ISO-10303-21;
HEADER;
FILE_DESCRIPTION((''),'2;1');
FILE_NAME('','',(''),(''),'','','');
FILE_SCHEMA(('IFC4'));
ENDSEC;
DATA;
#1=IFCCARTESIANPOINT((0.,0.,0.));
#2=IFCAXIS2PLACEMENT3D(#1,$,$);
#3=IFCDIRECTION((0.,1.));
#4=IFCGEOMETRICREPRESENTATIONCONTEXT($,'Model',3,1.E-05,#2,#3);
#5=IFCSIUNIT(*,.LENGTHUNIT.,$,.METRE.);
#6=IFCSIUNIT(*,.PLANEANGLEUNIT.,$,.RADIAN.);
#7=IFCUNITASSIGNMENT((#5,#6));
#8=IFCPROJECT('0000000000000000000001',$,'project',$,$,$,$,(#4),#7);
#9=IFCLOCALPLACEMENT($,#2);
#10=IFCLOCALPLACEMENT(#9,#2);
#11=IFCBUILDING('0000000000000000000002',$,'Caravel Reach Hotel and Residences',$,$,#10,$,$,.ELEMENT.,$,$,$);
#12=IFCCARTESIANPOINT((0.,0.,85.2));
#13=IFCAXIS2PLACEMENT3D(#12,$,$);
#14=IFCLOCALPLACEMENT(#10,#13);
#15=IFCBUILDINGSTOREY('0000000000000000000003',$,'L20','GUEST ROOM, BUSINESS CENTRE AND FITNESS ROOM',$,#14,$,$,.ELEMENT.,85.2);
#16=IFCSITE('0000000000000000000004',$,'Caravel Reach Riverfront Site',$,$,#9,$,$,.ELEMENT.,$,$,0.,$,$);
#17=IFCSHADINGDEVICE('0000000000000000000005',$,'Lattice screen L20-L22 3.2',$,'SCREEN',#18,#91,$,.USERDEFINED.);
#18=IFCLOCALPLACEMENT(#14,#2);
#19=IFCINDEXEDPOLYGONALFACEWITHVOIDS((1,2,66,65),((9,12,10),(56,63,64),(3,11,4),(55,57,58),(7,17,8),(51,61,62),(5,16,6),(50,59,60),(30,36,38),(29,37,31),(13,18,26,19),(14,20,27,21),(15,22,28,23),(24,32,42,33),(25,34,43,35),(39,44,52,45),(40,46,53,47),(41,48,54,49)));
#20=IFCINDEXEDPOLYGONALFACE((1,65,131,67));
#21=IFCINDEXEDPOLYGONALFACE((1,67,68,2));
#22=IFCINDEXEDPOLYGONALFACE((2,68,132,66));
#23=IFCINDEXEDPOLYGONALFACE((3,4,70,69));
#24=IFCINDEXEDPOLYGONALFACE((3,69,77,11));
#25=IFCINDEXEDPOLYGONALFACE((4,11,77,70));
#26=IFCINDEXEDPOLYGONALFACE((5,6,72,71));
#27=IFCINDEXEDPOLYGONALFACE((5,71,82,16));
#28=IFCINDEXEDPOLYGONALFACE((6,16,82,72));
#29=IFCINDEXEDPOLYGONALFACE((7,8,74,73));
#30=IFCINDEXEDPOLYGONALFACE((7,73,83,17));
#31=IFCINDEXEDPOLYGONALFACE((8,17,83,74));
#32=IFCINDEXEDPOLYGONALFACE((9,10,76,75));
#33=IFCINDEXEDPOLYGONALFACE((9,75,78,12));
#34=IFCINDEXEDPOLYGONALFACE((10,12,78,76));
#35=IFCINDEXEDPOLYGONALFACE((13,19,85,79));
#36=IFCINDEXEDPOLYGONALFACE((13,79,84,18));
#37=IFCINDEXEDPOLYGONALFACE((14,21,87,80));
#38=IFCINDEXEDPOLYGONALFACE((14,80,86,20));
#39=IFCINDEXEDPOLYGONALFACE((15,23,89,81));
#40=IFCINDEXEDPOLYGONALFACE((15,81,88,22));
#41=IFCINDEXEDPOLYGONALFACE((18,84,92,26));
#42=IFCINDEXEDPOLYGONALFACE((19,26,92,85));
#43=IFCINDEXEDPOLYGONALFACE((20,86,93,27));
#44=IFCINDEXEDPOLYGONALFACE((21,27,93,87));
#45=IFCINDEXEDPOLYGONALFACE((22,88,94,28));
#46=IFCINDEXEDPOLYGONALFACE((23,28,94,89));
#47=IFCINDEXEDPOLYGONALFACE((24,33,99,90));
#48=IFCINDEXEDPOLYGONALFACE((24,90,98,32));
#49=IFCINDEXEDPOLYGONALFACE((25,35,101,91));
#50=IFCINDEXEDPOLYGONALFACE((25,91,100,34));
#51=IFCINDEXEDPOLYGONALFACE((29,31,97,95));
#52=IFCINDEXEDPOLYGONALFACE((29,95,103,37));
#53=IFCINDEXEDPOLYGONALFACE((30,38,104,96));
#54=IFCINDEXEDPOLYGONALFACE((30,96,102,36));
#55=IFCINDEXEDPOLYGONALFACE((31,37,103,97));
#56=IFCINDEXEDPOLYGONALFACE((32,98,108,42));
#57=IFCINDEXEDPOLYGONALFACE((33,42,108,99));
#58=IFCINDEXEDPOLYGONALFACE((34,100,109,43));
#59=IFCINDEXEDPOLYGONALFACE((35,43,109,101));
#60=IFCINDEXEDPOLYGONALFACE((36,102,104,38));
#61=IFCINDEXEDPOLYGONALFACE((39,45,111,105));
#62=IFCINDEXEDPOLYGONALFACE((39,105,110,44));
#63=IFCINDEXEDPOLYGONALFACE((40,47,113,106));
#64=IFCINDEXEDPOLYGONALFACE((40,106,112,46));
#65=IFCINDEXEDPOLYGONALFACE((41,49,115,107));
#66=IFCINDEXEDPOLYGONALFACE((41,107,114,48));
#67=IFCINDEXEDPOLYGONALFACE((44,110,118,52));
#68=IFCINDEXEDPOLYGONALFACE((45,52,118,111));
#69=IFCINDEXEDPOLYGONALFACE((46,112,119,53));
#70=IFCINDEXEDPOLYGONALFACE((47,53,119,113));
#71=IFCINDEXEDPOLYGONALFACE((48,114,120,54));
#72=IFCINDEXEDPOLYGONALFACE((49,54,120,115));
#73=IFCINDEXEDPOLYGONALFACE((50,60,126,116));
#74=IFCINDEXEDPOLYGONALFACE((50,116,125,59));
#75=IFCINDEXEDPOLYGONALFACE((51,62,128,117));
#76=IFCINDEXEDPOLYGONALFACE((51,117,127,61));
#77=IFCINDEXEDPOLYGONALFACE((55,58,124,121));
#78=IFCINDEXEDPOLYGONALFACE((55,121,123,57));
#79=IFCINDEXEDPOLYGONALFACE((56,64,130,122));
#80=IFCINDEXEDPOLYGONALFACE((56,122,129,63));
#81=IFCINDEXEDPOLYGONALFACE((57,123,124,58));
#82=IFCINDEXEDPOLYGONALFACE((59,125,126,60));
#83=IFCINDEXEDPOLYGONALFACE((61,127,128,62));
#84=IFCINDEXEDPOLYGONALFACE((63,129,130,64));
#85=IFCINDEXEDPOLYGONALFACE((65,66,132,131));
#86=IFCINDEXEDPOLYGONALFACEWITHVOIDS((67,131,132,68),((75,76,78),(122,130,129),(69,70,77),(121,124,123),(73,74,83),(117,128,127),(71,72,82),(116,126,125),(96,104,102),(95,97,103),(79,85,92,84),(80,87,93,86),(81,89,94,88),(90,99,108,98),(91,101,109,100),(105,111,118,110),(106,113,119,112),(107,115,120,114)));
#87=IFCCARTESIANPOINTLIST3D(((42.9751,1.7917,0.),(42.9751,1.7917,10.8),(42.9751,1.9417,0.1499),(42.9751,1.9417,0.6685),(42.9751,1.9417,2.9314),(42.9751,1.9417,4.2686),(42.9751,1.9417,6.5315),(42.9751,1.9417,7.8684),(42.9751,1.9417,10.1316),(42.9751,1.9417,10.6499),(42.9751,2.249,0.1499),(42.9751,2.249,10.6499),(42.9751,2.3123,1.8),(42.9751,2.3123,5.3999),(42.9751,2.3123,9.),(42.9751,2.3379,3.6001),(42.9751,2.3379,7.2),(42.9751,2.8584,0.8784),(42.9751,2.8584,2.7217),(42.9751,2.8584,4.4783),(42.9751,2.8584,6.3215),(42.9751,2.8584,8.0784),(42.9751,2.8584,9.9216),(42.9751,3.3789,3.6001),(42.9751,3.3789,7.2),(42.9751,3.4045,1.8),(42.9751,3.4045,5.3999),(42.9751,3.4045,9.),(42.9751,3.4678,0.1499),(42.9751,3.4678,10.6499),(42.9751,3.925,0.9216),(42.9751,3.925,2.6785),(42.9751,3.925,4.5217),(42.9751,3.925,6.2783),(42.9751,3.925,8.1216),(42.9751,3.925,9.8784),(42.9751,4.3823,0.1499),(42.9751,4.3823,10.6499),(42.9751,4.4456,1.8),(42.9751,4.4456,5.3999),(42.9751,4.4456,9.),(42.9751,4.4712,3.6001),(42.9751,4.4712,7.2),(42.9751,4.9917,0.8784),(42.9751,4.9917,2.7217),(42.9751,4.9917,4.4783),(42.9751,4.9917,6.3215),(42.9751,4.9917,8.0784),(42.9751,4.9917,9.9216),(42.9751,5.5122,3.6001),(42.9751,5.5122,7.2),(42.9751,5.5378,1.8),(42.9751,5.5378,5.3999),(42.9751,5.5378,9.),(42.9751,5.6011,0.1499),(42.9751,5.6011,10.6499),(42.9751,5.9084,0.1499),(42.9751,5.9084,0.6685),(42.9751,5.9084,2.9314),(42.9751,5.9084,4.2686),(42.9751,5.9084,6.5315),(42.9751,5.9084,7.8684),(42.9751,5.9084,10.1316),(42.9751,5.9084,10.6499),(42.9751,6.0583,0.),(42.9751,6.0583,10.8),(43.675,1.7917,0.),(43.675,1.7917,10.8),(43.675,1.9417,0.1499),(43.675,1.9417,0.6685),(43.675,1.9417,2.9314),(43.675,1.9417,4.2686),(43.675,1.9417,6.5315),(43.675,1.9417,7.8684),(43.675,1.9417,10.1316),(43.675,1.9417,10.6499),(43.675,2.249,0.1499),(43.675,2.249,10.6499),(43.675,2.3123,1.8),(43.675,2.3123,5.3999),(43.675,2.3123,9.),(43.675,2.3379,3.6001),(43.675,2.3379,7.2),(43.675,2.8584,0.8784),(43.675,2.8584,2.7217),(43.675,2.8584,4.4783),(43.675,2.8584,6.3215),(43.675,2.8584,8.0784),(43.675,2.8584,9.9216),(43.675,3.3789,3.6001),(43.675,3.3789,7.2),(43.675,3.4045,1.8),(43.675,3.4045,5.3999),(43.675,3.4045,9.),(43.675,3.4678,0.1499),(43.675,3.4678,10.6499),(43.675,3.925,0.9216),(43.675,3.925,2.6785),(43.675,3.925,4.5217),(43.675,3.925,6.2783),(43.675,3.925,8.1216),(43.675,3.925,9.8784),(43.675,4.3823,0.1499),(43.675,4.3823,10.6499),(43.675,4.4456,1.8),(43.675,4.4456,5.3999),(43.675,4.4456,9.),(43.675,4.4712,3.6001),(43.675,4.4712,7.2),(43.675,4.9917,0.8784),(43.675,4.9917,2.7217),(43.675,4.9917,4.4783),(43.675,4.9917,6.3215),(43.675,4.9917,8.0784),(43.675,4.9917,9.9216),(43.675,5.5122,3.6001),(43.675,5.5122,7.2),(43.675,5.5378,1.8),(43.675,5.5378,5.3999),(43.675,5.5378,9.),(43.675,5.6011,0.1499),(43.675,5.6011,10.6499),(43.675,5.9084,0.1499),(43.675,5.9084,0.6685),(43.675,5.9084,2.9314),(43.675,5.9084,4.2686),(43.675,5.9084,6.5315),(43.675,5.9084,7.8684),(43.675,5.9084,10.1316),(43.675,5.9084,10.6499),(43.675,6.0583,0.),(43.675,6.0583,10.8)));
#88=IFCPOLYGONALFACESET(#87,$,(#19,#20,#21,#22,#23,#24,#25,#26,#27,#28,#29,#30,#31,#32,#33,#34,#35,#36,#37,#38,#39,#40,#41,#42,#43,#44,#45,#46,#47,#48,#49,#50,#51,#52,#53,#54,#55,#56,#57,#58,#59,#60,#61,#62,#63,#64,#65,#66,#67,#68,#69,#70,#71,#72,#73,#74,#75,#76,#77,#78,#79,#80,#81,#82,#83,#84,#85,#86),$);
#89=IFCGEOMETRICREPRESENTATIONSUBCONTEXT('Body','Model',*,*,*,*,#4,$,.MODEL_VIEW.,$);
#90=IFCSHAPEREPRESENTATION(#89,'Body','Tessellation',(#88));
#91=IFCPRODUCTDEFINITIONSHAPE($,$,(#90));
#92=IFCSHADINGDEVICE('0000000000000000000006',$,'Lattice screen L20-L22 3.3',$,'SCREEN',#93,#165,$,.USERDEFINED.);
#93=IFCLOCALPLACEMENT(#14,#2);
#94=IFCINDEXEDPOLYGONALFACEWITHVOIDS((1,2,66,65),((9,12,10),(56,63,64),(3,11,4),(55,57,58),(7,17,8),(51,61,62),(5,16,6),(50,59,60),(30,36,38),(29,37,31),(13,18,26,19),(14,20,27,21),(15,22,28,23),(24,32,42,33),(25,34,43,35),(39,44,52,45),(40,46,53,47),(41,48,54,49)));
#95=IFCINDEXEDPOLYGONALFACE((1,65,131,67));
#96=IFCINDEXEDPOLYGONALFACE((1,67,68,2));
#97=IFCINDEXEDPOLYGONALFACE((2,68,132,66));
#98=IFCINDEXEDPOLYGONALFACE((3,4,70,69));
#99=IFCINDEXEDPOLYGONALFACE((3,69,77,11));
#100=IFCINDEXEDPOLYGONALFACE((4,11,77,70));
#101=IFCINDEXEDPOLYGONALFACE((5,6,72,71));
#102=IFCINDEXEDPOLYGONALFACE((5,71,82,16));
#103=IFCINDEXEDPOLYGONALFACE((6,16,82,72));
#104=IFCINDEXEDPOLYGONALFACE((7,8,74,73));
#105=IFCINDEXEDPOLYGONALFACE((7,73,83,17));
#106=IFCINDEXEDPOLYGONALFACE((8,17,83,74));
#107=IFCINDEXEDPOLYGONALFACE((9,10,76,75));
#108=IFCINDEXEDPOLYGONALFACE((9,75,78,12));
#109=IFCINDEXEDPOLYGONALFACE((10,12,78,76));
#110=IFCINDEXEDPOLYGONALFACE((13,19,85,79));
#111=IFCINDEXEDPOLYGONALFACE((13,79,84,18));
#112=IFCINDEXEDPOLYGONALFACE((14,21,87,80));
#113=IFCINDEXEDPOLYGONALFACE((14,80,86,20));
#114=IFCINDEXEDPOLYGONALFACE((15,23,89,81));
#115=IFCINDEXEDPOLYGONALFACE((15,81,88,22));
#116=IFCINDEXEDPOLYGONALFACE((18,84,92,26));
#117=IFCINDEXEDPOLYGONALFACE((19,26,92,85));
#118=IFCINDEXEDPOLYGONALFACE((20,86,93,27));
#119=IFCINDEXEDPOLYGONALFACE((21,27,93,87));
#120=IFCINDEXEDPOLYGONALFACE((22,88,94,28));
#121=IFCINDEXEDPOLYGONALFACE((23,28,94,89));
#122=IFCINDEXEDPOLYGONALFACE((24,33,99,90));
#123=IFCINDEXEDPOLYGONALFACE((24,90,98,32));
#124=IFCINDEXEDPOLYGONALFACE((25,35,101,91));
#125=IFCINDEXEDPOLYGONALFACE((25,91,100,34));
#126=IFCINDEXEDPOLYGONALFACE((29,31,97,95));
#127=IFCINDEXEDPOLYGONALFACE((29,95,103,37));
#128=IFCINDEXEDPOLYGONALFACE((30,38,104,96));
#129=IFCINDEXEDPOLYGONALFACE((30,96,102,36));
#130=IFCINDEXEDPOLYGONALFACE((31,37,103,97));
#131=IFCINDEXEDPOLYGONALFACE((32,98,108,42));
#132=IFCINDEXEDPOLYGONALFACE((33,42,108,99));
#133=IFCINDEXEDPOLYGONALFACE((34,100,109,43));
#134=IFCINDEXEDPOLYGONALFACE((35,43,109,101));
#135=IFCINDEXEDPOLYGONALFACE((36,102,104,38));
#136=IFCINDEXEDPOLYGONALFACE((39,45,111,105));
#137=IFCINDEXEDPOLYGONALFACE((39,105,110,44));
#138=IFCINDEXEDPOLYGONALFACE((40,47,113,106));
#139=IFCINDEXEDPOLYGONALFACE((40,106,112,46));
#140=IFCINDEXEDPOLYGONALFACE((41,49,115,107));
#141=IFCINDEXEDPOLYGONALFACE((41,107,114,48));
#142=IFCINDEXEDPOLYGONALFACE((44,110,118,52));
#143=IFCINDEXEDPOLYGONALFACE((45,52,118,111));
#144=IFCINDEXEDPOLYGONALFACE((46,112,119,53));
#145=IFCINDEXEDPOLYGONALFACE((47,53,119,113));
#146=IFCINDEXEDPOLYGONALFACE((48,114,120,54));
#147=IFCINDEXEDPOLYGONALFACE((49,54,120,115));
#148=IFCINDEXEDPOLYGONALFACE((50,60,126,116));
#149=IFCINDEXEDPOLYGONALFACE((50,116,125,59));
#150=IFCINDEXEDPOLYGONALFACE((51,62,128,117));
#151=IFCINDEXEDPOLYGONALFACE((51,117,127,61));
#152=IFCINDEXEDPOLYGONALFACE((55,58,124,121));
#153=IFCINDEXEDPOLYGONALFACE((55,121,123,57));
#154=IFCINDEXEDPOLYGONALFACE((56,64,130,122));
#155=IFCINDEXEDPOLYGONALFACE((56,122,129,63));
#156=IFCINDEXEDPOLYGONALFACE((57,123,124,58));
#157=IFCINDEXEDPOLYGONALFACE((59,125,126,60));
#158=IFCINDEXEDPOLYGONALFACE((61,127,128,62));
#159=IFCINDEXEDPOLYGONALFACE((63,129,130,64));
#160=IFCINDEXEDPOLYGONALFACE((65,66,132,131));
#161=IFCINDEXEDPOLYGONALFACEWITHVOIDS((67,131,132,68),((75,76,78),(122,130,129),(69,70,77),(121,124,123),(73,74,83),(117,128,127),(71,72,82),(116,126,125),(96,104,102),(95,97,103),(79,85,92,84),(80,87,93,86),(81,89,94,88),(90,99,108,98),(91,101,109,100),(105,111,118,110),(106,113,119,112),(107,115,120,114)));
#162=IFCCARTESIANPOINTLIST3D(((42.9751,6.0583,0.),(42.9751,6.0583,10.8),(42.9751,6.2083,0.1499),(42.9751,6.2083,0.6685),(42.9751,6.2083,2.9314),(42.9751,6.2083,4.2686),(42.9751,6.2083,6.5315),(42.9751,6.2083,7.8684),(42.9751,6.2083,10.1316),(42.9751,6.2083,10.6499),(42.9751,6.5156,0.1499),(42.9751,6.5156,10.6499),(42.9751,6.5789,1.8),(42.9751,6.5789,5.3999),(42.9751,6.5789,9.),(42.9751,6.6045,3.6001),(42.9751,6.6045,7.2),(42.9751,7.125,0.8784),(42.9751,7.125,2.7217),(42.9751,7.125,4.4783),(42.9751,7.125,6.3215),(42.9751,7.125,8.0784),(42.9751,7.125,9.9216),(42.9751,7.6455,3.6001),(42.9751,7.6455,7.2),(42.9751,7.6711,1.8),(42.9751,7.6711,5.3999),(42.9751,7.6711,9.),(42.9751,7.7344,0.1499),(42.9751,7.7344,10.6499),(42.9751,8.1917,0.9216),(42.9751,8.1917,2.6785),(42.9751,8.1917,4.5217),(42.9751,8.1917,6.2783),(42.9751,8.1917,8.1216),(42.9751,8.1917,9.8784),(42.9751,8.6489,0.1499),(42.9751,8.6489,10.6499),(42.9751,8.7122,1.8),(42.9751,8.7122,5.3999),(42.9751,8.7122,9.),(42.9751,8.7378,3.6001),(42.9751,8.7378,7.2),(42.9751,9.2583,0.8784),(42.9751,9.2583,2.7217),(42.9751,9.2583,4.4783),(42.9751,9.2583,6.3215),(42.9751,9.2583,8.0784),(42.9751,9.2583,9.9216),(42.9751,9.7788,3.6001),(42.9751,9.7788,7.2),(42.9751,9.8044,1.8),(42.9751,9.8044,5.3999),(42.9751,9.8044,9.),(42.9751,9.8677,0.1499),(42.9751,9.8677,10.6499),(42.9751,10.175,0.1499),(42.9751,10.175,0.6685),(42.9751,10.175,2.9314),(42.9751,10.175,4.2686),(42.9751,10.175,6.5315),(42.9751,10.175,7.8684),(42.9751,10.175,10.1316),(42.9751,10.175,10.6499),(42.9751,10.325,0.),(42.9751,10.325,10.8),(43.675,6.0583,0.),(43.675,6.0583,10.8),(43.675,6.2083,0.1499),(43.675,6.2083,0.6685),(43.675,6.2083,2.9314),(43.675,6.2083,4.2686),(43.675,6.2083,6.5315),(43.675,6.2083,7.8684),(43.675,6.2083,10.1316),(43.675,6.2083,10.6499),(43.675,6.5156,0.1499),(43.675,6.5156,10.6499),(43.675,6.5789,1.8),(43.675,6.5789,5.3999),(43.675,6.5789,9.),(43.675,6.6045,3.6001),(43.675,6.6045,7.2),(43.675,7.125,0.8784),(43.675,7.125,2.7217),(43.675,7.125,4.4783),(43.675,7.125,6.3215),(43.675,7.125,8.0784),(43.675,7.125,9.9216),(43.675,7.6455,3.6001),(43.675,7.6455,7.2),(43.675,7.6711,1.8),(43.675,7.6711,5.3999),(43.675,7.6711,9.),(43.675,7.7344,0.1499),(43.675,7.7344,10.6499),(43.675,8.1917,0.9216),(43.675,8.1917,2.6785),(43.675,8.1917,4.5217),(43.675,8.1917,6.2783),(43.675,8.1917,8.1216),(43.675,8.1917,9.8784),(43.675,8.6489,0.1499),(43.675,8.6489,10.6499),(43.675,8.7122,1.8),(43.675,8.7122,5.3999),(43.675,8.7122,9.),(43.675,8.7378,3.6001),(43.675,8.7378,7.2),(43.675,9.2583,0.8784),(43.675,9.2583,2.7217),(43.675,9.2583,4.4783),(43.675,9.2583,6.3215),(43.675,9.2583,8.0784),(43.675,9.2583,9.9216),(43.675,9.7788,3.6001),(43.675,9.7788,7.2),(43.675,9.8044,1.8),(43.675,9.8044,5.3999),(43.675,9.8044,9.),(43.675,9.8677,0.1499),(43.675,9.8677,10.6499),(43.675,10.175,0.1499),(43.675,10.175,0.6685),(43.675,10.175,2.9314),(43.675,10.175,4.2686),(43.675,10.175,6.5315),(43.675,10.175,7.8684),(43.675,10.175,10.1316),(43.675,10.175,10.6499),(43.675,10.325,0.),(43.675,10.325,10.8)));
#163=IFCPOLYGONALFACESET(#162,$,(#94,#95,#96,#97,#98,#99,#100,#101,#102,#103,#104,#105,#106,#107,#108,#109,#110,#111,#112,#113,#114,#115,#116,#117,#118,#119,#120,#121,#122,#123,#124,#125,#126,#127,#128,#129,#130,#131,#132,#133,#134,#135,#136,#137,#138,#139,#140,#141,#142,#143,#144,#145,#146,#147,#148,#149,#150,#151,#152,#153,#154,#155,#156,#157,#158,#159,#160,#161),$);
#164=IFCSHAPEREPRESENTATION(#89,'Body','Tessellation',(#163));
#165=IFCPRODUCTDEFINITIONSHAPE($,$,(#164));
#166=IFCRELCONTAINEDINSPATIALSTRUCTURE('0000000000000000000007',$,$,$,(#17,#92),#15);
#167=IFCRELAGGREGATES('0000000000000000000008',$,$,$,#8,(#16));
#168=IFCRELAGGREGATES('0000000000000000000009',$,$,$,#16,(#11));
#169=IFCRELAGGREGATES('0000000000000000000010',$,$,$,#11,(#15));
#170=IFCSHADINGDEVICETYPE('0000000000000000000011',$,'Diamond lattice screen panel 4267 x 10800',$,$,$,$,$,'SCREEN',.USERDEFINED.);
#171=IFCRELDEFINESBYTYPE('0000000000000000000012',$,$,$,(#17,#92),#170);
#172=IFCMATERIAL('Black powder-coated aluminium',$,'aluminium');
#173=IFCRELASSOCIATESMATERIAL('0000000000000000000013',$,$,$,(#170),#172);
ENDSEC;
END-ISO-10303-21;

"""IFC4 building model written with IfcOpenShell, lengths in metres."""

from ifc_helpers import new_model, si_unit, direction, frame, origin, place, context, subcontext, project, spatial, polyline, outline, extrude, material, type_object, element, save


model = new_model("IFC4")

# Units and contexts
model_context = context("Model", 3, precision=1e-05, world=origin(), true_north=direction((0.0, 1.0)))
body_context = subcontext(model_context, "Body", "Model", "MODEL_VIEW")
ifc_project = project(units=[si_unit("LENGTHUNIT", "METRE"), si_unit("PLANEANGLEUNIT", "RADIAN")], contexts=[model_context])

# Site, building, storey
site_placement = place(None, origin())
site = spatial("IfcSite", under=ifc_project, at=site_placement, Name="Caravel Reach Riverfront Site", CompositionType="ELEMENT", RefElevation=0.0)
building_placement = place(site_placement, origin())
building = spatial("IfcBuilding", under=site, at=building_placement, Name="Caravel Reach Hotel and Residences", CompositionType="ELEMENT")
storey_placement = place(building_placement, frame((0.0, 0.0, 85.2)))
storey = spatial("IfcBuildingStorey", under=building, at=storey_placement, Name="L20", Description="GUEST ROOM, BUSINESS CENTRE AND FITNESS ROOM", CompositionType="ELEMENT", Elevation=85.2)

# Shading devices
ifc_material_1 = material(Name="Black powder-coated aluminium", Category="aluminium")
shading_device_type = type_object("IfcShadingDeviceType", Name="Diamond lattice screen panel 4267 x 10800", ElementType="SCREEN", PredefinedType="USERDEFINED", material=ifc_material_1)
shading_device_1_placement = place(storey_placement, frame((42.9751, 1.7917, 0.0), z_axis=(1.0, 0.0, 0.0), x_axis=(0.0, 1.0, 0.0)))
element("IfcShadingDevice", 1, at=shading_device_1_placement, inside=storey, type_object=shading_device_type, Name="Lattice screen L20-L22 3.2", ObjectType="SCREEN", PredefinedType="USERDEFINED", context=body_context, shape_type="SweptSolid", body=[
    extrude(outline(polyline([(0.0, 0.0), (4.2666, 0.0), (4.2666, 10.8), (0.0, 10.8), (0.0, 0.0)]), holes=[polyline([(0.4573, 0.1499), (0.1499, 0.6685), (0.1499, 0.1499), (0.4573, 0.1499)]), polyline([(0.5461, 3.6001), (0.1499, 4.2686), (0.1499, 2.9314), (0.5461, 3.6001)]), polyline([(0.5461, 7.2), (0.1499, 7.8684), (0.1499, 6.5315), (0.5461, 7.2)]), polyline([(0.1499, 10.1316), (0.4573, 10.6499), (0.1499, 10.6499), (0.1499, 10.1316)]), polyline([(1.0667, 2.7217), (0.5205, 1.8), (1.0667, 0.8784), (1.6128, 1.8), (1.0667, 2.7217)]), polyline([(1.0667, 6.3215), (0.5205, 5.3999), (1.0667, 4.4783), (1.6128, 5.3999), (1.0667, 6.3215)]), polyline([(1.0667, 9.9216), (0.5205, 9.0), (1.0667, 8.0784), (1.6128, 9.0), (1.0667, 9.9216)]), polyline([(2.1333, 0.9216), (1.676, 0.1499), (2.5906, 0.1499), (2.1333, 0.9216)]), polyline([(2.1333, 4.5217), (1.5872, 3.6001), (2.1333, 2.6785), (2.6794, 3.6001), (2.1333, 4.5217)]), polyline([(2.1333, 8.1216), (1.5872, 7.2), (2.1333, 6.2783), (2.6794, 7.2), (2.1333, 8.1216)]), polyline([(2.1333, 9.8784), (2.5906, 10.6499), (1.676, 10.6499), (2.1333, 9.8784)]), polyline([(3.2, 2.7217), (2.6538, 1.8), (3.2, 0.8784), (3.7461, 1.8), (3.2, 2.7217)]), polyline([(3.2, 6.3215), (2.6538, 5.3999), (3.2, 4.4783), (3.7461, 5.3999), (3.2, 6.3215)]), polyline([(3.2, 9.9216), (2.6538, 9.0), (3.2, 8.0784), (3.7461, 9.0), (3.2, 9.9216)]), polyline([(4.1167, 0.6685), (3.8093, 0.1499), (4.1167, 0.1499), (4.1167, 0.6685)]), polyline([(3.7205, 3.6001), (4.1167, 2.9314), (4.1167, 4.2686), (3.7205, 3.6001)]), polyline([(3.7205, 7.2), (4.1167, 6.5315), (4.1167, 7.8684), (3.7205, 7.2)]), polyline([(3.8093, 10.6499), (4.1167, 10.1316), (4.1167, 10.6499), (3.8093, 10.6499)])]), origin(), (0.0, 0.0, 1.0), 0.7),
])
shading_device_2_placement = place(storey_placement, frame((42.9751, 6.0583, 0.0), z_axis=(1.0, 0.0, 0.0), x_axis=(0.0, 1.0, 0.0)))
element("IfcShadingDevice", 2, at=shading_device_2_placement, inside=storey, type_object=shading_device_type, Name="Lattice screen L20-L22 3.3", ObjectType="SCREEN", PredefinedType="USERDEFINED", context=body_context, shape_type="SweptSolid", body=[
    extrude(outline(polyline([(0.0, 0.0), (4.2666, 0.0), (4.2666, 10.8), (0.0, 10.8), (0.0, 0.0)]), holes=[polyline([(0.4573, 0.1499), (0.1499, 0.6685), (0.1499, 0.1499), (0.4573, 0.1499)]), polyline([(0.5461, 3.6001), (0.1499, 4.2686), (0.1499, 2.9314), (0.5461, 3.6001)]), polyline([(0.5461, 7.2), (0.1499, 7.8684), (0.1499, 6.5315), (0.5461, 7.2)]), polyline([(0.1499, 10.1316), (0.4573, 10.6499), (0.1499, 10.6499), (0.1499, 10.1316)]), polyline([(1.0667, 2.7217), (0.5205, 1.8), (1.0667, 0.8784), (1.6128, 1.8), (1.0667, 2.7217)]), polyline([(1.0667, 6.3215), (0.5205, 5.3999), (1.0667, 4.4783), (1.6128, 5.3999), (1.0667, 6.3215)]), polyline([(1.0667, 9.9216), (0.5205, 9.0), (1.0667, 8.0784), (1.6128, 9.0), (1.0667, 9.9216)]), polyline([(2.1333, 0.9216), (1.676, 0.1499), (2.5906, 0.1499), (2.1333, 0.9216)]), polyline([(2.1333, 4.5217), (1.5872, 3.6001), (2.1333, 2.6785), (2.6794, 3.6001), (2.1333, 4.5217)]), polyline([(2.1333, 8.1216), (1.5872, 7.2), (2.1333, 6.2783), (2.6794, 7.2), (2.1333, 8.1216)]), polyline([(2.1333, 9.8784), (2.5906, 10.6499), (1.676, 10.6499), (2.1333, 9.8784)]), polyline([(3.2, 2.7217), (2.6538, 1.8), (3.2, 0.8784), (3.7461, 1.8), (3.2, 2.7217)]), polyline([(3.2, 6.3215), (2.6538, 5.3999), (3.2, 4.4783), (3.7461, 5.3999), (3.2, 6.3215)]), polyline([(3.2, 9.9216), (2.6538, 9.0), (3.2, 8.0784), (3.7461, 9.0), (3.2, 9.9216)]), polyline([(4.1167, 0.6685), (3.8093, 0.1499), (4.1167, 0.1499), (4.1167, 0.6685)]), polyline([(3.7205, 3.6001), (4.1167, 2.9314), (4.1167, 4.2686), (3.7205, 3.6001)]), polyline([(3.7205, 7.2), (4.1167, 6.5315), (4.1167, 7.8684), (3.7205, 7.2)]), polyline([(3.8093, 10.6499), (4.1167, 10.1316), (4.1167, 10.6499), (3.8093, 10.6499)])]), origin(), (0.0, 0.0, 1.0), 0.7),
])

save(model, "model.ifc")
